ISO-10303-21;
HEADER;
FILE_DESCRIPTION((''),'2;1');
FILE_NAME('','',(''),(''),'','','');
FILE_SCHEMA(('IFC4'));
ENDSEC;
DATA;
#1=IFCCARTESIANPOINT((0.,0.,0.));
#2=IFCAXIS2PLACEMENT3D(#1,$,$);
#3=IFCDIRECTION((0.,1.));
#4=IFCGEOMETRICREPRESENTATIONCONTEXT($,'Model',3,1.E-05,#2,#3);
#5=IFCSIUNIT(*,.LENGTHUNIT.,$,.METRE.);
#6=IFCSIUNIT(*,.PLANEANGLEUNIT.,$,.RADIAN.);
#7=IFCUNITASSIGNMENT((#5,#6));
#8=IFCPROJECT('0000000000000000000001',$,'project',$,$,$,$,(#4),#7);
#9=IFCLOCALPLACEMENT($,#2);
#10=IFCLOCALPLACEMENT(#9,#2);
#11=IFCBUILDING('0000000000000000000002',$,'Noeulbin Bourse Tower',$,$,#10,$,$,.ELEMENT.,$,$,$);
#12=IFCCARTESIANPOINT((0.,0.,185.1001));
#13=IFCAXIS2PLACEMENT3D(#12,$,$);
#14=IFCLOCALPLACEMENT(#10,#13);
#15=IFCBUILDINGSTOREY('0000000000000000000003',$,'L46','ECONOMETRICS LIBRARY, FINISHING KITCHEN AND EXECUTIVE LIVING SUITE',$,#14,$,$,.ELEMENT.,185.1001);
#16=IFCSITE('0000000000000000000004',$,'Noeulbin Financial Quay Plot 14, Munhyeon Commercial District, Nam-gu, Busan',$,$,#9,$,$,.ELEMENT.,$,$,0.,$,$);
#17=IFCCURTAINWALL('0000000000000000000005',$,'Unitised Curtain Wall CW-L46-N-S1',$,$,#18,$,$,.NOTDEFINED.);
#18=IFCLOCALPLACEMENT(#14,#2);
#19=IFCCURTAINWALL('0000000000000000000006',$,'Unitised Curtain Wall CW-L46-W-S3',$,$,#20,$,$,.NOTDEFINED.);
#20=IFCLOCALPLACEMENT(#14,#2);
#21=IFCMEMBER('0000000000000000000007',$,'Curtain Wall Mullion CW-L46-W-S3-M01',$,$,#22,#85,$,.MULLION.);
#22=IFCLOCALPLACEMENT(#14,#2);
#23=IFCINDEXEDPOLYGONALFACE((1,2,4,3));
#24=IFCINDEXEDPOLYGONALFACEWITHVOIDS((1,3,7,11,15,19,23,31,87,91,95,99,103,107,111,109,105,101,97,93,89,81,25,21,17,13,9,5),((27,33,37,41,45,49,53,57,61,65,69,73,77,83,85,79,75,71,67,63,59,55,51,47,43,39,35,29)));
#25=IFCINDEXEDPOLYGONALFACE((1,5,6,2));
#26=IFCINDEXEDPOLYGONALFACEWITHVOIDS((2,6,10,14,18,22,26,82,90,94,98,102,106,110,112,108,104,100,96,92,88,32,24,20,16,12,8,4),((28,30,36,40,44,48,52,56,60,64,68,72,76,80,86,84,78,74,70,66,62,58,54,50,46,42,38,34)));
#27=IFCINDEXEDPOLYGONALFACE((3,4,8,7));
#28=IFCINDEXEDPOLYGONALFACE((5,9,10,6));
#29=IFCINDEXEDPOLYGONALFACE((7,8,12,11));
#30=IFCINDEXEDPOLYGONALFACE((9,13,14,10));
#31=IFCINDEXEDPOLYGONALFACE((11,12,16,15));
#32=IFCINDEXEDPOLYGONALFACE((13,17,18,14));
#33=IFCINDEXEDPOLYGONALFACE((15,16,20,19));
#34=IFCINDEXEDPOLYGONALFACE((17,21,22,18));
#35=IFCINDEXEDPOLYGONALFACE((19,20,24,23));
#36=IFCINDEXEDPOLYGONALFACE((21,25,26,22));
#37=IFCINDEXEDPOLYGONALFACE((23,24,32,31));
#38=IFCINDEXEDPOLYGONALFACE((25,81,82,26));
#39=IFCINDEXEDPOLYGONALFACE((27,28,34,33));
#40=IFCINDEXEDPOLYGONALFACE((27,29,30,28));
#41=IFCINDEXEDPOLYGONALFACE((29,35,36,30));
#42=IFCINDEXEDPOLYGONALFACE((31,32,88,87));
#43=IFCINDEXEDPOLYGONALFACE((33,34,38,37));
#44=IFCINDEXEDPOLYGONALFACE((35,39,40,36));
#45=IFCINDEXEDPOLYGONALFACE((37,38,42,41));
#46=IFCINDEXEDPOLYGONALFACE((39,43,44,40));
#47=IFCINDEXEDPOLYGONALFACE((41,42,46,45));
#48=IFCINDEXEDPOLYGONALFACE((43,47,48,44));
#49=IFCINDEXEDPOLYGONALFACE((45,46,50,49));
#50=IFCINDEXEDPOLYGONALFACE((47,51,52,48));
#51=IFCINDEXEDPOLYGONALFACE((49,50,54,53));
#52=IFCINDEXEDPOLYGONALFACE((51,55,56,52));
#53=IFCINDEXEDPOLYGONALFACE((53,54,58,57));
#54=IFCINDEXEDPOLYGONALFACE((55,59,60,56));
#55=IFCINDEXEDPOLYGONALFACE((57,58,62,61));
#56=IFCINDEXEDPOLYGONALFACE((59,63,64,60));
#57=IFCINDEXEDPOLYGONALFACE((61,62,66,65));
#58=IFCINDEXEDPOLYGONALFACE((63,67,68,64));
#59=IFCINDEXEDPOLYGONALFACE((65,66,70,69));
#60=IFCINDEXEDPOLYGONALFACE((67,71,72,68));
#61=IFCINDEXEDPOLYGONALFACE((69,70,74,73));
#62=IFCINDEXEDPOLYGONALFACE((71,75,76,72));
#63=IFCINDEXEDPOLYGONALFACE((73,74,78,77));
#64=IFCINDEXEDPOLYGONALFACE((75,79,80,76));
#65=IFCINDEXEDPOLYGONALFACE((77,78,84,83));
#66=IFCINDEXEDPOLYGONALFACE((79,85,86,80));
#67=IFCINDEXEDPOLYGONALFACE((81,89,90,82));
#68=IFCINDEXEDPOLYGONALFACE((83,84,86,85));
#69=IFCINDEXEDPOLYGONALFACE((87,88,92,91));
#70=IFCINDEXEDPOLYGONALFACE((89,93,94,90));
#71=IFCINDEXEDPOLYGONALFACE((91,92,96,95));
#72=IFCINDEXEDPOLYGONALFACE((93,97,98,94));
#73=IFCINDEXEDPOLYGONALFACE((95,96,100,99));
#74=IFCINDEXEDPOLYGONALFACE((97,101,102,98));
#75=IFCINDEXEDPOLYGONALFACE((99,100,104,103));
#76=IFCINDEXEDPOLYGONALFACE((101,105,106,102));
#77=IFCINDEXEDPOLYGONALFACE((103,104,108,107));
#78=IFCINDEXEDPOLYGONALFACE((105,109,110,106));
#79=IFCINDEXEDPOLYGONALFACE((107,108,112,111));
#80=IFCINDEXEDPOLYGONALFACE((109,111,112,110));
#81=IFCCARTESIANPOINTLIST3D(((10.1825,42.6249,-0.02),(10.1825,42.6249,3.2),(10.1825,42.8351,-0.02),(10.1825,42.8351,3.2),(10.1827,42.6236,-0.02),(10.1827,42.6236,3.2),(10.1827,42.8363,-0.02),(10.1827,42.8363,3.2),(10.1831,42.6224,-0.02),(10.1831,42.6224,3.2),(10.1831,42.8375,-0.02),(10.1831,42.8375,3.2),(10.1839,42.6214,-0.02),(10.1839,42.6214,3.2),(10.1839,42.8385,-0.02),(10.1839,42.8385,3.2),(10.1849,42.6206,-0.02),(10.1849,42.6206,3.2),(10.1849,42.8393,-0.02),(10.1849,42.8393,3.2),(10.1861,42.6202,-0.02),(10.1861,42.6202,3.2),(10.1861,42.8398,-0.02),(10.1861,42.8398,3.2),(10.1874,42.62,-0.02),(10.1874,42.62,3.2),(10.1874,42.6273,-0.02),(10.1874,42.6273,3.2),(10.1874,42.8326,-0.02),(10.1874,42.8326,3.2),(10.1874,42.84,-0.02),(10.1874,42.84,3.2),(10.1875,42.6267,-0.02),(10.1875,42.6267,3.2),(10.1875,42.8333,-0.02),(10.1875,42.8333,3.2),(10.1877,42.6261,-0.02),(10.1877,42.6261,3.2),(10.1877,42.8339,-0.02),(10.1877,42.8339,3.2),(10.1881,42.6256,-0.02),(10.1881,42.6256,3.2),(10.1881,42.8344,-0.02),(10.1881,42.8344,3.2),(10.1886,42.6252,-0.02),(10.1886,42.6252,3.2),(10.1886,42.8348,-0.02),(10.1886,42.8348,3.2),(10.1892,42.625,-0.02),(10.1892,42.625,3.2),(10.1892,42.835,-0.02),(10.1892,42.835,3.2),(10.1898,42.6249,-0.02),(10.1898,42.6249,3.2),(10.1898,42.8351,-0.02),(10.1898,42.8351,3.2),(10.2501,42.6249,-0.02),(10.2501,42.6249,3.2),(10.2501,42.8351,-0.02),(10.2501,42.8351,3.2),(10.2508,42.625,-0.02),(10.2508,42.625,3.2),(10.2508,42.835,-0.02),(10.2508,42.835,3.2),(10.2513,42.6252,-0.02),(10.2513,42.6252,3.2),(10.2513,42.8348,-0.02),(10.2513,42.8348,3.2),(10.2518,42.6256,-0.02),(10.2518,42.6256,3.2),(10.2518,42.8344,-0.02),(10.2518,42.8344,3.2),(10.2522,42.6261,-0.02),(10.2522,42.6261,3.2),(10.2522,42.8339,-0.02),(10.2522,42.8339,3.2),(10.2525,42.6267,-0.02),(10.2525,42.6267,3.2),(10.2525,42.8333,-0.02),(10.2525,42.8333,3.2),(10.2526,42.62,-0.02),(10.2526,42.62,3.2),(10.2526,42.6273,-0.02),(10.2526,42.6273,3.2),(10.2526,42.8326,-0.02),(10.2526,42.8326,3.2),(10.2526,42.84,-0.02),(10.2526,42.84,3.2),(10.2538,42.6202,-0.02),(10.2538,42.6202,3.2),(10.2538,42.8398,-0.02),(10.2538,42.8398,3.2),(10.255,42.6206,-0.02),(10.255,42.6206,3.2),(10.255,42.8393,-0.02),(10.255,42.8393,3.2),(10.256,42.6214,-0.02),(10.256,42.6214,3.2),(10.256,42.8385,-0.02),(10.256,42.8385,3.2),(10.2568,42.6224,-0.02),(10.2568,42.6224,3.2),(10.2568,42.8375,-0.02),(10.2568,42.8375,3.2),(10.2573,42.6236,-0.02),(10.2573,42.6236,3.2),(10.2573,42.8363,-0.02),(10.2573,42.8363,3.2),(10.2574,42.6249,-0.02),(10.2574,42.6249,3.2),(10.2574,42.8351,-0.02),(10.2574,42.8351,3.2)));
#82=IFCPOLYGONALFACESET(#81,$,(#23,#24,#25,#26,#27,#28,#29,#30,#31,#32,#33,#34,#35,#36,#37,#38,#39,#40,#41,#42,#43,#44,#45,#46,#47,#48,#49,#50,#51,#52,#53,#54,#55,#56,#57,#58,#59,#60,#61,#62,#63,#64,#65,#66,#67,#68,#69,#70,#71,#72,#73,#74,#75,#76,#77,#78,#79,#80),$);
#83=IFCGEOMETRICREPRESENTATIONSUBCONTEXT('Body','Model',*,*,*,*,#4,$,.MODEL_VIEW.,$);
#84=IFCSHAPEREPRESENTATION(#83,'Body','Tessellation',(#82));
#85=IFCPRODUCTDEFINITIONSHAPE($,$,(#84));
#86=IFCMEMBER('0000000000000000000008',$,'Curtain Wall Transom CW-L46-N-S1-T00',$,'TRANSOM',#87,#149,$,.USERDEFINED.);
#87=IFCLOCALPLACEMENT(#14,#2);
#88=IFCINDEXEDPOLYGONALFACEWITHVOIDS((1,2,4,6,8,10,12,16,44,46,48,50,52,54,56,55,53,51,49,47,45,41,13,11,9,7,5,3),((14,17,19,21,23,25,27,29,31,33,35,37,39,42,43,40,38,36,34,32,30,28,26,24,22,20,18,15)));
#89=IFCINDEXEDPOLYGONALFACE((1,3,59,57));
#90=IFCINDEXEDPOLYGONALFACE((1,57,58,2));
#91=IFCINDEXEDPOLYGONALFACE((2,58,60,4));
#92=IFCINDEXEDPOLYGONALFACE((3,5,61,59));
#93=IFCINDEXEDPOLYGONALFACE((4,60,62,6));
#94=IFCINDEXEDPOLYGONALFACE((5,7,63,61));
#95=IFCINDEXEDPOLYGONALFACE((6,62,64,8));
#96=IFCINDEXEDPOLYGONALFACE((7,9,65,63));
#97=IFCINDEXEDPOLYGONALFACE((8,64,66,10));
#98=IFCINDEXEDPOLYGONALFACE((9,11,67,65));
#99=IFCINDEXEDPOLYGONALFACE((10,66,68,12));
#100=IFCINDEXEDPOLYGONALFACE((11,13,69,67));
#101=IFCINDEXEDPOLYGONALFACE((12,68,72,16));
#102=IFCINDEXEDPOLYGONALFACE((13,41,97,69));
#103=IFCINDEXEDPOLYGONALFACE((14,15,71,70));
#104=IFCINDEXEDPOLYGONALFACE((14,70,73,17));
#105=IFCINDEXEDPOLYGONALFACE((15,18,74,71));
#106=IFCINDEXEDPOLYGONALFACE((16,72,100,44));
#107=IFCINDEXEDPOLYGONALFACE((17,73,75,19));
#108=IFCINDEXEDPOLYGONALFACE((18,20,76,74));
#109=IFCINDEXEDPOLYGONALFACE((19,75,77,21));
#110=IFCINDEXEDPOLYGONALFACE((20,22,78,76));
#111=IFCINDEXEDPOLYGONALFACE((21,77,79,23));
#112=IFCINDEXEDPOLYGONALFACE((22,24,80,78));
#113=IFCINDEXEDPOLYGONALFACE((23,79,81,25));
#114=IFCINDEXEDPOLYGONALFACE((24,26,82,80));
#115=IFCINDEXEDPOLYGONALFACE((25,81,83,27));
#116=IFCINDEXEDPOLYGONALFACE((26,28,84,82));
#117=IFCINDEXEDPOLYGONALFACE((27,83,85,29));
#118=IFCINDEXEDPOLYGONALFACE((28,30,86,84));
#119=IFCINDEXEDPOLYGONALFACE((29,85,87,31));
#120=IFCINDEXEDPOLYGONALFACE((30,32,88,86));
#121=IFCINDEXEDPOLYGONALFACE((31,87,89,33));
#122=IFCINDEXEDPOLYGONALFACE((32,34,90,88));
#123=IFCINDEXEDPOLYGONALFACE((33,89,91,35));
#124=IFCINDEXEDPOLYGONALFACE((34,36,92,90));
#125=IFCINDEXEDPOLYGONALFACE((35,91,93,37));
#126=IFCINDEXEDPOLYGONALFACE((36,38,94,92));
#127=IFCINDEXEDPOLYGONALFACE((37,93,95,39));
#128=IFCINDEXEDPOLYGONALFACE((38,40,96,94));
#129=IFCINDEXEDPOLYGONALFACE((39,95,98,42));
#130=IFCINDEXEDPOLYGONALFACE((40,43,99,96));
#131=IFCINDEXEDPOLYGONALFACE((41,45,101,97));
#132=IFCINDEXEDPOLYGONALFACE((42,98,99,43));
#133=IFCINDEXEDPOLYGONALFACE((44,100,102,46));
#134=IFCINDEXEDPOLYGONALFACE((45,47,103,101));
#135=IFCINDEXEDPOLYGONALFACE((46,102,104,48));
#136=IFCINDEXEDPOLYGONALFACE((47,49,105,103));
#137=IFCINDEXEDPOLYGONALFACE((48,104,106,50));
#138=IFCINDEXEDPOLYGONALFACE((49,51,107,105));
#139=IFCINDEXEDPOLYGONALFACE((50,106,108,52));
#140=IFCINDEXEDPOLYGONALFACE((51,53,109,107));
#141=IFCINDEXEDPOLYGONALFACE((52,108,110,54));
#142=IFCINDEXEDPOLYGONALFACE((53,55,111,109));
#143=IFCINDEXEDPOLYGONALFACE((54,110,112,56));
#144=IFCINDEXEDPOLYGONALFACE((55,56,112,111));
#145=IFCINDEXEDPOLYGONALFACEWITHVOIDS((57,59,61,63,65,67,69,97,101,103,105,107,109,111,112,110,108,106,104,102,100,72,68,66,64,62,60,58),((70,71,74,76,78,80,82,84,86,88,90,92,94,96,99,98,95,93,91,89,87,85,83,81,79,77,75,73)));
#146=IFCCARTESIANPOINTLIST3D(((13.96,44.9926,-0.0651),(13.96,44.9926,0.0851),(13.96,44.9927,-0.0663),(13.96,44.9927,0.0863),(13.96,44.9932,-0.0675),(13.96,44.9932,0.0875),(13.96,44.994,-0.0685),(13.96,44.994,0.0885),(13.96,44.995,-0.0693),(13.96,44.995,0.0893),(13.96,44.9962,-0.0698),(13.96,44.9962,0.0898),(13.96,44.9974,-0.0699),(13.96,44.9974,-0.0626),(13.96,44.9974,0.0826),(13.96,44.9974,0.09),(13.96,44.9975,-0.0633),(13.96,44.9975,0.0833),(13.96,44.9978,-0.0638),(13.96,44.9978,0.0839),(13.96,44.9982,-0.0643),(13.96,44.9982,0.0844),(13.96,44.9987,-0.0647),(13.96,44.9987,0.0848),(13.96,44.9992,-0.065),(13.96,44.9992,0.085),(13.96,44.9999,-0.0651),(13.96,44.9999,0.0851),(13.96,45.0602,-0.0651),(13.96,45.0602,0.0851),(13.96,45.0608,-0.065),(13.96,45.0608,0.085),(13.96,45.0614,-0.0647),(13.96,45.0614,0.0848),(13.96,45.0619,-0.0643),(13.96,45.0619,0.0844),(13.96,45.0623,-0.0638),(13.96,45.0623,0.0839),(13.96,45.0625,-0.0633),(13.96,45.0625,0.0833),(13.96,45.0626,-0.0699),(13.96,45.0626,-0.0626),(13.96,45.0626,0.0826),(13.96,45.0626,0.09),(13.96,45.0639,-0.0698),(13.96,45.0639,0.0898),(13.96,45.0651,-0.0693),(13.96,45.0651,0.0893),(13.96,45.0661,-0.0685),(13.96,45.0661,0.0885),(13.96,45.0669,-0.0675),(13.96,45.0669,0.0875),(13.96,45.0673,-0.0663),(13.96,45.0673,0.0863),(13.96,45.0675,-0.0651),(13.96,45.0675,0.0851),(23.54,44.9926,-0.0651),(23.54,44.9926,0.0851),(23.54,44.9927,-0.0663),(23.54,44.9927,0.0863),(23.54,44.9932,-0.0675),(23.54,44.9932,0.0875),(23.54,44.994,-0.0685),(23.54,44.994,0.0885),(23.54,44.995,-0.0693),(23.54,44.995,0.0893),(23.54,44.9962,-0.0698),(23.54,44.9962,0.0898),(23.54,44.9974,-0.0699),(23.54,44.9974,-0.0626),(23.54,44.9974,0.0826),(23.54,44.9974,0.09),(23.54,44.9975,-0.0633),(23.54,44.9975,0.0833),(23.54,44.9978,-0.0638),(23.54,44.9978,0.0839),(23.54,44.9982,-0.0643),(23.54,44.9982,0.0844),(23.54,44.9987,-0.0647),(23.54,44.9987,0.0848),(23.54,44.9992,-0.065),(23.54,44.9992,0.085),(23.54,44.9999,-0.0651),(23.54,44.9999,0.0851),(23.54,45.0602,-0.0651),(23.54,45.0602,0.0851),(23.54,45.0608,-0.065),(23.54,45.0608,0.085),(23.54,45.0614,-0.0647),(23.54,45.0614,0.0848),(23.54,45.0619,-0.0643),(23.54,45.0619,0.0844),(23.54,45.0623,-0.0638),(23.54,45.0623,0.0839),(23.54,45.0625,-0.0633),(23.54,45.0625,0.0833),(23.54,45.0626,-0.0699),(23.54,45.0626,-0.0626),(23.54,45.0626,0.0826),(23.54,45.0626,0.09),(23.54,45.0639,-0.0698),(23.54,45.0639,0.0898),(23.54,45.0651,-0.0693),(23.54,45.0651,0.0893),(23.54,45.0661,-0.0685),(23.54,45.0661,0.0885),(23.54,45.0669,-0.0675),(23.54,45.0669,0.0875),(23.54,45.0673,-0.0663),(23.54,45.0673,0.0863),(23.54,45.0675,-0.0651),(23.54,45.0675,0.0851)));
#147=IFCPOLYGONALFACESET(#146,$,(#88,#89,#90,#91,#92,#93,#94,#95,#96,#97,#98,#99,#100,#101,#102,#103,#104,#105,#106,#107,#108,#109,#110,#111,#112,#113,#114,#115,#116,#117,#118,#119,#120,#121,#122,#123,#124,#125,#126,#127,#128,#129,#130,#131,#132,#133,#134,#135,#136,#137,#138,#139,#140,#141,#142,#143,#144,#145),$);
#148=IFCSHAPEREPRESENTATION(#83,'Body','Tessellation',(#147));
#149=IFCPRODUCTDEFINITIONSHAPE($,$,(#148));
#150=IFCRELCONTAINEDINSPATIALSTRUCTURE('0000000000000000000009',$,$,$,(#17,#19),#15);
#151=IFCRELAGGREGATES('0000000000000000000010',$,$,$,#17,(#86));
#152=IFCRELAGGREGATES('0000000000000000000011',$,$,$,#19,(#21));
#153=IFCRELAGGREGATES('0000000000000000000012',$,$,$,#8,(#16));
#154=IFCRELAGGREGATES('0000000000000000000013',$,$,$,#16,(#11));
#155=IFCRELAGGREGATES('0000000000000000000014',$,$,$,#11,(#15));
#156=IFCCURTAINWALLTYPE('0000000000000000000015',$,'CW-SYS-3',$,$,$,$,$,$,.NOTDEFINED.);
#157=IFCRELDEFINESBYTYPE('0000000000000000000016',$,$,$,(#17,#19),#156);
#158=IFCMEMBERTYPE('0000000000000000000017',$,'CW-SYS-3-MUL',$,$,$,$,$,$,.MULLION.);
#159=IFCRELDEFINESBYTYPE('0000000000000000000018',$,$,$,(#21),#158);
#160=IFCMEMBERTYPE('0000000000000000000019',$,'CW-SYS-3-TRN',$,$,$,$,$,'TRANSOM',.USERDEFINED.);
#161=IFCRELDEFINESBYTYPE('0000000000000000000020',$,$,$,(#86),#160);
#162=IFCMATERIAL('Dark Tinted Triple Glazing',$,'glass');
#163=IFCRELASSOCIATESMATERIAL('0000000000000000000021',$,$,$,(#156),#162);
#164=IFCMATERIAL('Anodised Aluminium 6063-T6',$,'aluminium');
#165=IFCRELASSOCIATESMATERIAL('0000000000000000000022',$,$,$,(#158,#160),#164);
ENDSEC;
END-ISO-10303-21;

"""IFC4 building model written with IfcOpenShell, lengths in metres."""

from ifc_helpers import new_model, si_unit, direction, frame, origin, origin_2d, place, context, subcontext, project, spatial, hollow_rectangle, extrude, material, material_profile, profile_set, type_object, element, aggregate, save


model = new_model("IFC4")

# Units and contexts
model_context = context("Model", 3, precision=1e-05, world=origin(), true_north=direction((0.0, 1.0)))
body_context = subcontext(model_context, "Body", "Model", "MODEL_VIEW")
ifc_project = project(units=[si_unit("LENGTHUNIT", "METRE"), si_unit("PLANEANGLEUNIT", "RADIAN")], contexts=[model_context])

# Site, building, storey
site_placement = place(None, origin())
site = spatial("IfcSite", under=ifc_project, at=site_placement, Name="Noeulbin Financial Quay Plot 14, Munhyeon Commercial District, Nam-gu, Busan", CompositionType="ELEMENT", RefElevation=0.0)
building_placement = place(site_placement, origin())
building = spatial("IfcBuilding", under=site, at=building_placement, Name="Noeulbin Bourse Tower", CompositionType="ELEMENT")
storey_placement = place(building_placement, frame((0.0, 0.0, 185.1001)))
storey = spatial("IfcBuildingStorey", under=building, at=storey_placement, Name="L46", Description="ECONOMETRICS LIBRARY, FINISHING KITCHEN AND EXECUTIVE LIVING SUITE", CompositionType="ELEMENT", Elevation=185.1001)

# Curtain wall
ifc_material_1 = material(Name="Dark Tinted Triple Glazing", Category="glass")
curtain_wall_type = type_object("IfcCurtainWallType", Name="CW-SYS-3", PredefinedType="NOTDEFINED", material=ifc_material_1)
curtain_wall_1_placement = place(storey_placement, origin())
curtain_wall_1 = element("IfcCurtainWall", 1, at=curtain_wall_1_placement, inside=storey, type_object=curtain_wall_type, Name="Unitised Curtain Wall CW-L46-N-S1", PredefinedType="NOTDEFINED")
ifc_material_2 = material(Name="Anodised Aluminium 6063-T6", Category="aluminium")
ifc_material_profile_1 = material_profile(ifc_material_2, hollow_rectangle(XDim=0.075, YDim=0.22, WallThickness=0.0049, InnerFilletRadius=0.0024, OuterFilletRadius=0.0049, at=origin_2d()), Name="ALU-MULL-75x220x5", Category="LoadBearing")
ifc_profile_set_1 = profile_set([ifc_material_profile_1], Name="Anodised Aluminium 6063-T6")
member_type_1 = type_object("IfcMemberType", Name="CW-SYS-3-MUL", PredefinedType="MULLION", material=ifc_profile_set_1)

# Curtain wall, member
curtain_wall_2_placement = place(storey_placement, origin())
curtain_wall_2 = element("IfcCurtainWall", 2, at=curtain_wall_2_placement, inside=storey, type_object=curtain_wall_type, Name="Unitised Curtain Wall CW-L46-W-S3", PredefinedType="NOTDEFINED")
member_1_placement = place(storey_placement, frame((10.22, 42.73, -0.02), z_axis=(0.0, 0.0, 1.0), x_axis=(1.0, 0.0, 0.0)))
member_1 = element("IfcMember", 3, at=member_1_placement, type_object=member_type_1, Name="Curtain Wall Mullion CW-L46-W-S3-M01", PredefinedType="MULLION", context=body_context, shape_type="SweptSolid", body=[
    extrude(hollow_rectangle(XDim=0.075, YDim=0.22, WallThickness=0.0049, InnerFilletRadius=0.0024, OuterFilletRadius=0.0049, at=origin_2d()), origin(), (0.0, 0.0, 1.0), 3.22),
])

# Member
ifc_material_profile_2 = material_profile(ifc_material_2, hollow_rectangle(XDim=0.075, YDim=0.1599, WallThickness=0.0049, InnerFilletRadius=0.0024, OuterFilletRadius=0.0049, at=origin_2d()), Name="ALU-TRAN-75x160x5", Category="LoadBearing")
ifc_profile_set_2 = profile_set([ifc_material_profile_2], Name="Anodised Aluminium 6063-T6")
member_type_2 = type_object("IfcMemberType", Name="CW-SYS-3-TRN", ElementType="TRANSOM", PredefinedType="USERDEFINED", material=ifc_profile_set_2)
member_2_placement = place(storey_placement, frame((13.96, 45.03, 0.01), z_axis=(1.0, 0.0, 0.0), x_axis=(0.0, 1.0, 0.0)))
member_2 = element("IfcMember", 4, at=member_2_placement, type_object=member_type_2, Name="Curtain Wall Transom CW-L46-N-S1-T00", ObjectType="TRANSOM", PredefinedType="USERDEFINED", context=body_context, shape_type="SweptSolid", body=[
    extrude(hollow_rectangle(XDim=0.075, YDim=0.1599, WallThickness=0.0049, InnerFilletRadius=0.0024, OuterFilletRadius=0.0049, at=origin_2d()), origin(), (0.0, 0.0, 1.0), 9.5801),
])
aggregate(curtain_wall_1, [member_2])

aggregate(curtain_wall_2, [member_1])

save(model, "model.ifc")
